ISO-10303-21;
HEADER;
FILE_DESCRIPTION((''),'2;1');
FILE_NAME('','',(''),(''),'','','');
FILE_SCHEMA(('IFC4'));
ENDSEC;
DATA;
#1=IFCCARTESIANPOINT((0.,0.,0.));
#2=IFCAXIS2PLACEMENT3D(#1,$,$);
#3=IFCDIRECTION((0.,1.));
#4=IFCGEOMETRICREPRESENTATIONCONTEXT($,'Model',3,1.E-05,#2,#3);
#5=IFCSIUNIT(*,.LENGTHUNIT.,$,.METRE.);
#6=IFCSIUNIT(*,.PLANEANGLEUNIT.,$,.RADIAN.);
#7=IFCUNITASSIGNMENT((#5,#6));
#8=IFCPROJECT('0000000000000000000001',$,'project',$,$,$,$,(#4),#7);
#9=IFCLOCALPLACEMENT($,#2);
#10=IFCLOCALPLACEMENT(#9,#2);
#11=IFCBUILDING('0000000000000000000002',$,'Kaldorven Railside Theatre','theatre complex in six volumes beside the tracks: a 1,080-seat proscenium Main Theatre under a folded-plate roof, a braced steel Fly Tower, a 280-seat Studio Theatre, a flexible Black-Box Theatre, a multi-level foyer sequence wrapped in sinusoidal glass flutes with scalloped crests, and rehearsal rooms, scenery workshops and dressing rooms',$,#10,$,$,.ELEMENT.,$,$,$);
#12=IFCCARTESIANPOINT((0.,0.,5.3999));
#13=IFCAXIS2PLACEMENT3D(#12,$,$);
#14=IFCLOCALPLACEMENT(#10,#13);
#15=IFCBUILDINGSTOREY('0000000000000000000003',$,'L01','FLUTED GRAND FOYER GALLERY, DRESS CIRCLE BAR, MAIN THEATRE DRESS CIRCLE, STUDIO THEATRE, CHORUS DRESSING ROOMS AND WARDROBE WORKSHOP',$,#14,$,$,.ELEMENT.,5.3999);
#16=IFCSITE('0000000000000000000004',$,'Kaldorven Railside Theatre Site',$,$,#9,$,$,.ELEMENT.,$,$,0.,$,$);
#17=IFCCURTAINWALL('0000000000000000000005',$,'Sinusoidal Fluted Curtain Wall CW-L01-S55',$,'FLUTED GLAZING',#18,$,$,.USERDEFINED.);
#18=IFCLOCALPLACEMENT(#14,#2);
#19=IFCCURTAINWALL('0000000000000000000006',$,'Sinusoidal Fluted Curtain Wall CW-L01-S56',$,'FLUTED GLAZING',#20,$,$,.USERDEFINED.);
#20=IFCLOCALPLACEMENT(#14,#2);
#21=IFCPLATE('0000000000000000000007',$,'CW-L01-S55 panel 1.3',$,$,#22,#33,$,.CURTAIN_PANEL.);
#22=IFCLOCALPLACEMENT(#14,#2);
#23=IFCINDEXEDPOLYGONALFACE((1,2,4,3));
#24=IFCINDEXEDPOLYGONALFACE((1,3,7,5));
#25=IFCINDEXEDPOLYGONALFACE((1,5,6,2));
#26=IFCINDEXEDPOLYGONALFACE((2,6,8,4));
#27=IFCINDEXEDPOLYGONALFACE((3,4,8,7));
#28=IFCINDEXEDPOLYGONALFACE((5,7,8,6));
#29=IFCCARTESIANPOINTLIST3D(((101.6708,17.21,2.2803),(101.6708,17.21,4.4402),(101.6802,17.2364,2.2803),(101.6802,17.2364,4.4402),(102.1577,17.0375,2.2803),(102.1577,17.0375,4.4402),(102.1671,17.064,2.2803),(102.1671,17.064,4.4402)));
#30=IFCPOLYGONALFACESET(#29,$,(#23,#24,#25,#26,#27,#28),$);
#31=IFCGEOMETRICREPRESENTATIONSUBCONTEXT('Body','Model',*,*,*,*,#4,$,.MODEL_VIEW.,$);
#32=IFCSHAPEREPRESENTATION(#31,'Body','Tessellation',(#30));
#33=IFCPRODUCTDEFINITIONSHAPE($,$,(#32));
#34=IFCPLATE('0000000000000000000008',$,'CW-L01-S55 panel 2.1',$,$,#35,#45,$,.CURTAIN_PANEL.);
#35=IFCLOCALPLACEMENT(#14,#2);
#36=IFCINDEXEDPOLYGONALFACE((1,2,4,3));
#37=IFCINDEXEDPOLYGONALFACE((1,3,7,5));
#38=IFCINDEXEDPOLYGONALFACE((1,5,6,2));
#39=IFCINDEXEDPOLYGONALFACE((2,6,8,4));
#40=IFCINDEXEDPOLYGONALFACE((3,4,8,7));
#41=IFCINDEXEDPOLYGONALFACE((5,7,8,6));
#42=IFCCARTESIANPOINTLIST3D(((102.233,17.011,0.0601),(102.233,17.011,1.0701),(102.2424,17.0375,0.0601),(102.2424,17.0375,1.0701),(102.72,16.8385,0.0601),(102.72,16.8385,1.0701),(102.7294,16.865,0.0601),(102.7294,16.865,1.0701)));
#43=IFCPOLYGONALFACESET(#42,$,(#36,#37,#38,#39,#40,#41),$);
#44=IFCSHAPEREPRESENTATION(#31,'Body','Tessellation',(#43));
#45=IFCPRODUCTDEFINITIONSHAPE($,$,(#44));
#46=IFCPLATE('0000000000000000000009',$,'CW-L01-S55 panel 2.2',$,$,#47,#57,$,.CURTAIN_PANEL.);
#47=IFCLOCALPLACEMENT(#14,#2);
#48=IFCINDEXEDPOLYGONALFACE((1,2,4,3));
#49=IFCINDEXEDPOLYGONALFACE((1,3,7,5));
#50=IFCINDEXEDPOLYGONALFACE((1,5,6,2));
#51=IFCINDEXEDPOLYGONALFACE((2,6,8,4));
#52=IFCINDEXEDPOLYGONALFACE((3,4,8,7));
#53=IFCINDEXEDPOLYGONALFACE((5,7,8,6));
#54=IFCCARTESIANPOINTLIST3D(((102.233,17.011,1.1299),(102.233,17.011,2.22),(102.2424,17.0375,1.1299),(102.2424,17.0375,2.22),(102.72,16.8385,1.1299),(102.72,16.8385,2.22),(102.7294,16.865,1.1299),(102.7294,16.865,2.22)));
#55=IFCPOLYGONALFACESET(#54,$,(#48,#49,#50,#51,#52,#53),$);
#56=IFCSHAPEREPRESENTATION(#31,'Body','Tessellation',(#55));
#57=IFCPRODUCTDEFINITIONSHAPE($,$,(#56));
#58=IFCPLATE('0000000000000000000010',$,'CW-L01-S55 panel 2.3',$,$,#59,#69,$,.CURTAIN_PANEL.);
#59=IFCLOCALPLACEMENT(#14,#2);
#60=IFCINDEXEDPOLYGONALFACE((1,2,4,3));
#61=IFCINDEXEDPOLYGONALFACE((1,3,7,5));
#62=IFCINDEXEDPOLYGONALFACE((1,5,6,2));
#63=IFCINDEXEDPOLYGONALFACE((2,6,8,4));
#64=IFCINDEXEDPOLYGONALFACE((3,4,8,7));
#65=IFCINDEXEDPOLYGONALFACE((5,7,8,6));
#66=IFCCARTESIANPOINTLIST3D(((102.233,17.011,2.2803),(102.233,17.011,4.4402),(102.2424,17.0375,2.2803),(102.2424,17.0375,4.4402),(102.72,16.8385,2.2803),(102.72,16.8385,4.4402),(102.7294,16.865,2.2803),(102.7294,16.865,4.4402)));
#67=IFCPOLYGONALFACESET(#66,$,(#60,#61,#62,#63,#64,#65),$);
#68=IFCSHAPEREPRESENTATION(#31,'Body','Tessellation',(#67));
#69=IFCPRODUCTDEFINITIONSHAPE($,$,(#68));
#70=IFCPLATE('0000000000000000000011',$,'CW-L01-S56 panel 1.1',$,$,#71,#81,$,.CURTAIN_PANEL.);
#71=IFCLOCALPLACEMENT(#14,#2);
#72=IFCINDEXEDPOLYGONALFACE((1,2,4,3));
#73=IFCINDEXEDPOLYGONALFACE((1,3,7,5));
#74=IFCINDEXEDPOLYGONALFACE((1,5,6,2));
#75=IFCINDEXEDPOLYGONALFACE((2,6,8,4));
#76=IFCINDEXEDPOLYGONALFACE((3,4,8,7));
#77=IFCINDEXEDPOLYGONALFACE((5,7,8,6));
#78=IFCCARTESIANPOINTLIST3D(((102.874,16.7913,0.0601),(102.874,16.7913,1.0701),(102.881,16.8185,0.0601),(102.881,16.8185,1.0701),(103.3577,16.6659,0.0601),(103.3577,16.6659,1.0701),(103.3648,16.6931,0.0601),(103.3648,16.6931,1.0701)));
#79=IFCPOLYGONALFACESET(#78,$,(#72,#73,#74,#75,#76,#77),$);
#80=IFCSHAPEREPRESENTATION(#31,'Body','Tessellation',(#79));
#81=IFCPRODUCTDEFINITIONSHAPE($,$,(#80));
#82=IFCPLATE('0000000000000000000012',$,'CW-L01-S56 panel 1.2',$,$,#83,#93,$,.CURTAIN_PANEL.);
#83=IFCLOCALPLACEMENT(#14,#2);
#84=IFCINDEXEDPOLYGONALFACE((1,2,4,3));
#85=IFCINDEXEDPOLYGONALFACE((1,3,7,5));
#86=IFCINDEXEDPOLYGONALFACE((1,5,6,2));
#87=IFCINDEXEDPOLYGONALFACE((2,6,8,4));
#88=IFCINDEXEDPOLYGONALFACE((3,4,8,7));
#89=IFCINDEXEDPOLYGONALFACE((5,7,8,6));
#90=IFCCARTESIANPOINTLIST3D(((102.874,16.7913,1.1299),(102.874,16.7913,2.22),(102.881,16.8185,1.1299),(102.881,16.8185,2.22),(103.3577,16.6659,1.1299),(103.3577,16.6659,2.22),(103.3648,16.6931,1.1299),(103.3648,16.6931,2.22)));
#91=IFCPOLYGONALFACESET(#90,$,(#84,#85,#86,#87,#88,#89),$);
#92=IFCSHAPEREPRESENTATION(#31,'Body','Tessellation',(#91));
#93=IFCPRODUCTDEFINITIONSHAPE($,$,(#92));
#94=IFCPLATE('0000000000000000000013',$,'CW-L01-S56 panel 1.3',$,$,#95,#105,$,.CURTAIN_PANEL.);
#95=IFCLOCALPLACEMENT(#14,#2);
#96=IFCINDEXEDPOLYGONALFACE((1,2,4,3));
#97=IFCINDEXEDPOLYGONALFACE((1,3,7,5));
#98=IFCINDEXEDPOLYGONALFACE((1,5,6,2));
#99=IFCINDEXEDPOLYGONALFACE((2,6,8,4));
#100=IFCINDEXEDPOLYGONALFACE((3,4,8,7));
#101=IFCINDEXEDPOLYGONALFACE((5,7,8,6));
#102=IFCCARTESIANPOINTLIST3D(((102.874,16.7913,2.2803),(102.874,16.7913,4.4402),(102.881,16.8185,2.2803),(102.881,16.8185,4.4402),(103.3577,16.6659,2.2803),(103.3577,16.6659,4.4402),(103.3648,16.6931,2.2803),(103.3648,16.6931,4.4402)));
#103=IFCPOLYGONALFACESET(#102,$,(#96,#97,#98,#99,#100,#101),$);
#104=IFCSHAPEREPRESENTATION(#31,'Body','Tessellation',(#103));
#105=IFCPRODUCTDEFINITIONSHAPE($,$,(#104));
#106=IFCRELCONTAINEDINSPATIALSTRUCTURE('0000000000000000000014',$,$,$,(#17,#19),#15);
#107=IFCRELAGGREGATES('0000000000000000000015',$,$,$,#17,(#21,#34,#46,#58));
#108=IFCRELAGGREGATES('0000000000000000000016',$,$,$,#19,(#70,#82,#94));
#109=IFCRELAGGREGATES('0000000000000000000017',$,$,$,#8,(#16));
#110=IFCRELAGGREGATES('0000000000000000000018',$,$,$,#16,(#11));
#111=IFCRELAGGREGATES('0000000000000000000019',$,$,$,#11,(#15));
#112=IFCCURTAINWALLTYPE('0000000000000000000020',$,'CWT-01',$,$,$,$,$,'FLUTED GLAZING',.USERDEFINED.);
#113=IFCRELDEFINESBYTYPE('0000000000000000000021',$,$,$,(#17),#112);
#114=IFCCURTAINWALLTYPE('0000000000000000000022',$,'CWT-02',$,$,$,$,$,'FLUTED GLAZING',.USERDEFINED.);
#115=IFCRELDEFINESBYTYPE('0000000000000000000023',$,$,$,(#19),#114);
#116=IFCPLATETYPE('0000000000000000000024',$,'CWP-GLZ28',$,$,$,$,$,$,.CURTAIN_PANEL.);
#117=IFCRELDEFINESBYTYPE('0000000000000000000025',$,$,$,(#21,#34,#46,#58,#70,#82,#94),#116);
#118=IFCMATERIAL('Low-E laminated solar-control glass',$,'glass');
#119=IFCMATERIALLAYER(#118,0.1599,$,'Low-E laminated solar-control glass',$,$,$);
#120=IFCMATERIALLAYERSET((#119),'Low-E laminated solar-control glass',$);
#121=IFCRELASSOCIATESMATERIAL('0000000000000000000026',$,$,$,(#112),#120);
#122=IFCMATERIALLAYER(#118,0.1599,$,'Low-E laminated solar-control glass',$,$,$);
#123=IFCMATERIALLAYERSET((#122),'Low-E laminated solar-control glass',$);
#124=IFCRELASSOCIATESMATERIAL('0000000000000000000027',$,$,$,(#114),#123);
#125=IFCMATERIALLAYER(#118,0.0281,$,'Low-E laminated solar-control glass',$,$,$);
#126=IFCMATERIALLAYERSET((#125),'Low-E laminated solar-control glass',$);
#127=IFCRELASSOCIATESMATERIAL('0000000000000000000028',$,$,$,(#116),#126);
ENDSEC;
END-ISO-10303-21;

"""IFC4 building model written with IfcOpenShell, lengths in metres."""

from ifc_helpers import new_model, si_unit, direction, frame, origin, origin_2d, place, context, subcontext, project, spatial, rectangle, extrude, material, layer, layer_set, type_object, element, aggregate, save


model = new_model("IFC4")

# Units and contexts
model_context = context("Model", 3, precision=1e-05, world=origin(), true_north=direction((0.0, 1.0)))
body_context = subcontext(model_context, "Body", "Model", "MODEL_VIEW")
ifc_project = project(units=[si_unit("LENGTHUNIT", "METRE"), si_unit("PLANEANGLEUNIT", "RADIAN")], contexts=[model_context])

# Site, building, storey
site_placement = place(None, origin())
site = spatial("IfcSite", under=ifc_project, at=site_placement, Name="Kaldorven Railside Theatre Site", CompositionType="ELEMENT", RefElevation=0.0)
building_placement = place(site_placement, origin())
building = spatial("IfcBuilding", under=site, at=building_placement, Name="Kaldorven Railside Theatre", Description="theatre complex in six volumes beside the tracks: a 1,080-seat proscenium Main Theatre under a folded-plate roof, a braced steel Fly Tower, a 280-seat Studio Theatre, a flexible Black-Box Theatre, a multi-level foyer sequence wrapped in sinusoidal glass flutes with scalloped crests, and rehearsal rooms, scenery workshops and dressing rooms", CompositionType="ELEMENT")
storey_placement = place(building_placement, frame((0.0, 0.0, 5.3999)))
storey = spatial("IfcBuildingStorey", under=building, at=storey_placement, Name="L01", Description="FLUTED GRAND FOYER GALLERY, DRESS CIRCLE BAR, MAIN THEATRE DRESS CIRCLE, STUDIO THEATRE, CHORUS DRESSING ROOMS AND WARDROBE WORKSHOP", CompositionType="ELEMENT", Elevation=5.3999)

# Curtain walls
ifc_material_1 = material(Name="Low-E laminated solar-control glass", Category="glass")
ifc_layer_1 = layer(ifc_material_1, 0.1599, Name="Low-E laminated solar-control glass")
ifc_layer_set_1 = layer_set([ifc_layer_1], Name="Low-E laminated solar-control glass")
curtain_wall_type_1 = type_object("IfcCurtainWallType", Name="CWT-01", ElementType="FLUTED GLAZING", PredefinedType="USERDEFINED", material=ifc_layer_set_1)
curtain_wall_1_placement = place(storey_placement, origin())
curtain_wall_1 = element("IfcCurtainWall", 1, at=curtain_wall_1_placement, inside=storey, type_object=curtain_wall_type_1, Name="Sinusoidal Fluted Curtain Wall CW-L01-S55", ObjectType="FLUTED GLAZING", PredefinedType="USERDEFINED")
ifc_layer_2 = layer(ifc_material_1, 0.1599, Name="Low-E laminated solar-control glass")
ifc_layer_set_2 = layer_set([ifc_layer_2], Name="Low-E laminated solar-control glass")
curtain_wall_type_2 = type_object("IfcCurtainWallType", Name="CWT-02", ElementType="FLUTED GLAZING", PredefinedType="USERDEFINED", material=ifc_layer_set_2)
curtain_wall_2_placement = place(storey_placement, origin())
curtain_wall_2 = element("IfcCurtainWall", 2, at=curtain_wall_2_placement, inside=storey, type_object=curtain_wall_type_2, Name="Sinusoidal Fluted Curtain Wall CW-L01-S56", ObjectType="FLUTED GLAZING", PredefinedType="USERDEFINED")

# Plates
ifc_layer_3 = layer(ifc_material_1, 0.0281, Name="Low-E laminated solar-control glass")
ifc_layer_set_3 = layer_set([ifc_layer_3], Name="Low-E laminated solar-control glass")
plate_type = type_object("IfcPlateType", Name="CWP-GLZ28", PredefinedType="CURTAIN_PANEL", material=ifc_layer_set_3)
plate_1_placement = place(storey_placement, frame((101.9189, 17.137, 2.2803), z_axis=(0.0, 0.0, 1.0), x_axis=(0.942627, -0.333847, 0.0)))
plate_1 = element("IfcPlate", 3, at=plate_1_placement, type_object=plate_type, Name="CW-L01-S55 panel 1.3", PredefinedType="CURTAIN_PANEL", context=body_context, shape_type="SweptSolid", body=[
    extrude(rectangle(XDim=0.5166, YDim=0.0281, at=origin_2d()), origin(), (0.0, 0.0, 1.0), 2.1599),
])
plate_2_placement = place(storey_placement, frame((102.4812, 16.938, 0.0601), z_axis=(0.0, 0.0, 1.0), x_axis=(0.942627, -0.333847, 0.0)))
plate_2 = element("IfcPlate", 4, at=plate_2_placement, type_object=plate_type, Name="CW-L01-S55 panel 2.1", PredefinedType="CURTAIN_PANEL", context=body_context, shape_type="SweptSolid", body=[
    extrude(rectangle(XDim=0.5166, YDim=0.0281, at=origin_2d()), origin(), (0.0, 0.0, 1.0), 1.01),
])
plate_3_placement = place(storey_placement, frame((102.4812, 16.938, 1.1299), z_axis=(0.0, 0.0, 1.0), x_axis=(0.942627, -0.333847, 0.0)))
plate_3 = element("IfcPlate", 5, at=plate_3_placement, type_object=plate_type, Name="CW-L01-S55 panel 2.2", PredefinedType="CURTAIN_PANEL", context=body_context, shape_type="SweptSolid", body=[
    extrude(rectangle(XDim=0.5166, YDim=0.0281, at=origin_2d()), origin(), (0.0, 0.0, 1.0), 1.0901),
])
plate_4_placement = place(storey_placement, frame((102.4812, 16.938, 2.2803), z_axis=(0.0, 0.0, 1.0), x_axis=(0.942627, -0.333847, 0.0)))
plate_4 = element("IfcPlate", 6, at=plate_4_placement, type_object=plate_type, Name="CW-L01-S55 panel 2.3", PredefinedType="CURTAIN_PANEL", context=body_context, shape_type="SweptSolid", body=[
    extrude(rectangle(XDim=0.5166, YDim=0.0281, at=origin_2d()), origin(), (0.0, 0.0, 1.0), 2.1599),
])
aggregate(curtain_wall_1, [plate_1, plate_2, plate_3, plate_4])
plate_5_placement = place(storey_placement, frame((103.1194, 16.7422, 0.0601), z_axis=(0.0, 0.0, 1.0), x_axis=(0.967999, -0.250954, 0.0)))
plate_5 = element("IfcPlate", 7, at=plate_5_placement, type_object=plate_type, Name="CW-L01-S56 panel 1.1", PredefinedType="CURTAIN_PANEL", context=body_context, shape_type="SweptSolid", body=[
    extrude(rectangle(XDim=0.4998, YDim=0.0281, at=origin_2d()), origin(), (0.0, 0.0, 1.0), 1.01),
])
plate_6_placement = place(storey_placement, frame((103.1194, 16.7422, 1.1299), z_axis=(0.0, 0.0, 1.0), x_axis=(0.967999, -0.250954, 0.0)))
plate_6 = element("IfcPlate", 8, at=plate_6_placement, type_object=plate_type, Name="CW-L01-S56 panel 1.2", PredefinedType="CURTAIN_PANEL", context=body_context, shape_type="SweptSolid", body=[
    extrude(rectangle(XDim=0.4998, YDim=0.0281, at=origin_2d()), origin(), (0.0, 0.0, 1.0), 1.0901),
])
plate_7_placement = place(storey_placement, frame((103.1194, 16.7422, 2.2803), z_axis=(0.0, 0.0, 1.0), x_axis=(0.967999, -0.250954, 0.0)))
plate_7 = element("IfcPlate", 9, at=plate_7_placement, type_object=plate_type, Name="CW-L01-S56 panel 1.3", PredefinedType="CURTAIN_PANEL", context=body_context, shape_type="SweptSolid", body=[
    extrude(rectangle(XDim=0.4998, YDim=0.0281, at=origin_2d()), origin(), (0.0, 0.0, 1.0), 2.1599),
])
aggregate(curtain_wall_2, [plate_5, plate_6, plate_7])

save(model, "model.ifc")
